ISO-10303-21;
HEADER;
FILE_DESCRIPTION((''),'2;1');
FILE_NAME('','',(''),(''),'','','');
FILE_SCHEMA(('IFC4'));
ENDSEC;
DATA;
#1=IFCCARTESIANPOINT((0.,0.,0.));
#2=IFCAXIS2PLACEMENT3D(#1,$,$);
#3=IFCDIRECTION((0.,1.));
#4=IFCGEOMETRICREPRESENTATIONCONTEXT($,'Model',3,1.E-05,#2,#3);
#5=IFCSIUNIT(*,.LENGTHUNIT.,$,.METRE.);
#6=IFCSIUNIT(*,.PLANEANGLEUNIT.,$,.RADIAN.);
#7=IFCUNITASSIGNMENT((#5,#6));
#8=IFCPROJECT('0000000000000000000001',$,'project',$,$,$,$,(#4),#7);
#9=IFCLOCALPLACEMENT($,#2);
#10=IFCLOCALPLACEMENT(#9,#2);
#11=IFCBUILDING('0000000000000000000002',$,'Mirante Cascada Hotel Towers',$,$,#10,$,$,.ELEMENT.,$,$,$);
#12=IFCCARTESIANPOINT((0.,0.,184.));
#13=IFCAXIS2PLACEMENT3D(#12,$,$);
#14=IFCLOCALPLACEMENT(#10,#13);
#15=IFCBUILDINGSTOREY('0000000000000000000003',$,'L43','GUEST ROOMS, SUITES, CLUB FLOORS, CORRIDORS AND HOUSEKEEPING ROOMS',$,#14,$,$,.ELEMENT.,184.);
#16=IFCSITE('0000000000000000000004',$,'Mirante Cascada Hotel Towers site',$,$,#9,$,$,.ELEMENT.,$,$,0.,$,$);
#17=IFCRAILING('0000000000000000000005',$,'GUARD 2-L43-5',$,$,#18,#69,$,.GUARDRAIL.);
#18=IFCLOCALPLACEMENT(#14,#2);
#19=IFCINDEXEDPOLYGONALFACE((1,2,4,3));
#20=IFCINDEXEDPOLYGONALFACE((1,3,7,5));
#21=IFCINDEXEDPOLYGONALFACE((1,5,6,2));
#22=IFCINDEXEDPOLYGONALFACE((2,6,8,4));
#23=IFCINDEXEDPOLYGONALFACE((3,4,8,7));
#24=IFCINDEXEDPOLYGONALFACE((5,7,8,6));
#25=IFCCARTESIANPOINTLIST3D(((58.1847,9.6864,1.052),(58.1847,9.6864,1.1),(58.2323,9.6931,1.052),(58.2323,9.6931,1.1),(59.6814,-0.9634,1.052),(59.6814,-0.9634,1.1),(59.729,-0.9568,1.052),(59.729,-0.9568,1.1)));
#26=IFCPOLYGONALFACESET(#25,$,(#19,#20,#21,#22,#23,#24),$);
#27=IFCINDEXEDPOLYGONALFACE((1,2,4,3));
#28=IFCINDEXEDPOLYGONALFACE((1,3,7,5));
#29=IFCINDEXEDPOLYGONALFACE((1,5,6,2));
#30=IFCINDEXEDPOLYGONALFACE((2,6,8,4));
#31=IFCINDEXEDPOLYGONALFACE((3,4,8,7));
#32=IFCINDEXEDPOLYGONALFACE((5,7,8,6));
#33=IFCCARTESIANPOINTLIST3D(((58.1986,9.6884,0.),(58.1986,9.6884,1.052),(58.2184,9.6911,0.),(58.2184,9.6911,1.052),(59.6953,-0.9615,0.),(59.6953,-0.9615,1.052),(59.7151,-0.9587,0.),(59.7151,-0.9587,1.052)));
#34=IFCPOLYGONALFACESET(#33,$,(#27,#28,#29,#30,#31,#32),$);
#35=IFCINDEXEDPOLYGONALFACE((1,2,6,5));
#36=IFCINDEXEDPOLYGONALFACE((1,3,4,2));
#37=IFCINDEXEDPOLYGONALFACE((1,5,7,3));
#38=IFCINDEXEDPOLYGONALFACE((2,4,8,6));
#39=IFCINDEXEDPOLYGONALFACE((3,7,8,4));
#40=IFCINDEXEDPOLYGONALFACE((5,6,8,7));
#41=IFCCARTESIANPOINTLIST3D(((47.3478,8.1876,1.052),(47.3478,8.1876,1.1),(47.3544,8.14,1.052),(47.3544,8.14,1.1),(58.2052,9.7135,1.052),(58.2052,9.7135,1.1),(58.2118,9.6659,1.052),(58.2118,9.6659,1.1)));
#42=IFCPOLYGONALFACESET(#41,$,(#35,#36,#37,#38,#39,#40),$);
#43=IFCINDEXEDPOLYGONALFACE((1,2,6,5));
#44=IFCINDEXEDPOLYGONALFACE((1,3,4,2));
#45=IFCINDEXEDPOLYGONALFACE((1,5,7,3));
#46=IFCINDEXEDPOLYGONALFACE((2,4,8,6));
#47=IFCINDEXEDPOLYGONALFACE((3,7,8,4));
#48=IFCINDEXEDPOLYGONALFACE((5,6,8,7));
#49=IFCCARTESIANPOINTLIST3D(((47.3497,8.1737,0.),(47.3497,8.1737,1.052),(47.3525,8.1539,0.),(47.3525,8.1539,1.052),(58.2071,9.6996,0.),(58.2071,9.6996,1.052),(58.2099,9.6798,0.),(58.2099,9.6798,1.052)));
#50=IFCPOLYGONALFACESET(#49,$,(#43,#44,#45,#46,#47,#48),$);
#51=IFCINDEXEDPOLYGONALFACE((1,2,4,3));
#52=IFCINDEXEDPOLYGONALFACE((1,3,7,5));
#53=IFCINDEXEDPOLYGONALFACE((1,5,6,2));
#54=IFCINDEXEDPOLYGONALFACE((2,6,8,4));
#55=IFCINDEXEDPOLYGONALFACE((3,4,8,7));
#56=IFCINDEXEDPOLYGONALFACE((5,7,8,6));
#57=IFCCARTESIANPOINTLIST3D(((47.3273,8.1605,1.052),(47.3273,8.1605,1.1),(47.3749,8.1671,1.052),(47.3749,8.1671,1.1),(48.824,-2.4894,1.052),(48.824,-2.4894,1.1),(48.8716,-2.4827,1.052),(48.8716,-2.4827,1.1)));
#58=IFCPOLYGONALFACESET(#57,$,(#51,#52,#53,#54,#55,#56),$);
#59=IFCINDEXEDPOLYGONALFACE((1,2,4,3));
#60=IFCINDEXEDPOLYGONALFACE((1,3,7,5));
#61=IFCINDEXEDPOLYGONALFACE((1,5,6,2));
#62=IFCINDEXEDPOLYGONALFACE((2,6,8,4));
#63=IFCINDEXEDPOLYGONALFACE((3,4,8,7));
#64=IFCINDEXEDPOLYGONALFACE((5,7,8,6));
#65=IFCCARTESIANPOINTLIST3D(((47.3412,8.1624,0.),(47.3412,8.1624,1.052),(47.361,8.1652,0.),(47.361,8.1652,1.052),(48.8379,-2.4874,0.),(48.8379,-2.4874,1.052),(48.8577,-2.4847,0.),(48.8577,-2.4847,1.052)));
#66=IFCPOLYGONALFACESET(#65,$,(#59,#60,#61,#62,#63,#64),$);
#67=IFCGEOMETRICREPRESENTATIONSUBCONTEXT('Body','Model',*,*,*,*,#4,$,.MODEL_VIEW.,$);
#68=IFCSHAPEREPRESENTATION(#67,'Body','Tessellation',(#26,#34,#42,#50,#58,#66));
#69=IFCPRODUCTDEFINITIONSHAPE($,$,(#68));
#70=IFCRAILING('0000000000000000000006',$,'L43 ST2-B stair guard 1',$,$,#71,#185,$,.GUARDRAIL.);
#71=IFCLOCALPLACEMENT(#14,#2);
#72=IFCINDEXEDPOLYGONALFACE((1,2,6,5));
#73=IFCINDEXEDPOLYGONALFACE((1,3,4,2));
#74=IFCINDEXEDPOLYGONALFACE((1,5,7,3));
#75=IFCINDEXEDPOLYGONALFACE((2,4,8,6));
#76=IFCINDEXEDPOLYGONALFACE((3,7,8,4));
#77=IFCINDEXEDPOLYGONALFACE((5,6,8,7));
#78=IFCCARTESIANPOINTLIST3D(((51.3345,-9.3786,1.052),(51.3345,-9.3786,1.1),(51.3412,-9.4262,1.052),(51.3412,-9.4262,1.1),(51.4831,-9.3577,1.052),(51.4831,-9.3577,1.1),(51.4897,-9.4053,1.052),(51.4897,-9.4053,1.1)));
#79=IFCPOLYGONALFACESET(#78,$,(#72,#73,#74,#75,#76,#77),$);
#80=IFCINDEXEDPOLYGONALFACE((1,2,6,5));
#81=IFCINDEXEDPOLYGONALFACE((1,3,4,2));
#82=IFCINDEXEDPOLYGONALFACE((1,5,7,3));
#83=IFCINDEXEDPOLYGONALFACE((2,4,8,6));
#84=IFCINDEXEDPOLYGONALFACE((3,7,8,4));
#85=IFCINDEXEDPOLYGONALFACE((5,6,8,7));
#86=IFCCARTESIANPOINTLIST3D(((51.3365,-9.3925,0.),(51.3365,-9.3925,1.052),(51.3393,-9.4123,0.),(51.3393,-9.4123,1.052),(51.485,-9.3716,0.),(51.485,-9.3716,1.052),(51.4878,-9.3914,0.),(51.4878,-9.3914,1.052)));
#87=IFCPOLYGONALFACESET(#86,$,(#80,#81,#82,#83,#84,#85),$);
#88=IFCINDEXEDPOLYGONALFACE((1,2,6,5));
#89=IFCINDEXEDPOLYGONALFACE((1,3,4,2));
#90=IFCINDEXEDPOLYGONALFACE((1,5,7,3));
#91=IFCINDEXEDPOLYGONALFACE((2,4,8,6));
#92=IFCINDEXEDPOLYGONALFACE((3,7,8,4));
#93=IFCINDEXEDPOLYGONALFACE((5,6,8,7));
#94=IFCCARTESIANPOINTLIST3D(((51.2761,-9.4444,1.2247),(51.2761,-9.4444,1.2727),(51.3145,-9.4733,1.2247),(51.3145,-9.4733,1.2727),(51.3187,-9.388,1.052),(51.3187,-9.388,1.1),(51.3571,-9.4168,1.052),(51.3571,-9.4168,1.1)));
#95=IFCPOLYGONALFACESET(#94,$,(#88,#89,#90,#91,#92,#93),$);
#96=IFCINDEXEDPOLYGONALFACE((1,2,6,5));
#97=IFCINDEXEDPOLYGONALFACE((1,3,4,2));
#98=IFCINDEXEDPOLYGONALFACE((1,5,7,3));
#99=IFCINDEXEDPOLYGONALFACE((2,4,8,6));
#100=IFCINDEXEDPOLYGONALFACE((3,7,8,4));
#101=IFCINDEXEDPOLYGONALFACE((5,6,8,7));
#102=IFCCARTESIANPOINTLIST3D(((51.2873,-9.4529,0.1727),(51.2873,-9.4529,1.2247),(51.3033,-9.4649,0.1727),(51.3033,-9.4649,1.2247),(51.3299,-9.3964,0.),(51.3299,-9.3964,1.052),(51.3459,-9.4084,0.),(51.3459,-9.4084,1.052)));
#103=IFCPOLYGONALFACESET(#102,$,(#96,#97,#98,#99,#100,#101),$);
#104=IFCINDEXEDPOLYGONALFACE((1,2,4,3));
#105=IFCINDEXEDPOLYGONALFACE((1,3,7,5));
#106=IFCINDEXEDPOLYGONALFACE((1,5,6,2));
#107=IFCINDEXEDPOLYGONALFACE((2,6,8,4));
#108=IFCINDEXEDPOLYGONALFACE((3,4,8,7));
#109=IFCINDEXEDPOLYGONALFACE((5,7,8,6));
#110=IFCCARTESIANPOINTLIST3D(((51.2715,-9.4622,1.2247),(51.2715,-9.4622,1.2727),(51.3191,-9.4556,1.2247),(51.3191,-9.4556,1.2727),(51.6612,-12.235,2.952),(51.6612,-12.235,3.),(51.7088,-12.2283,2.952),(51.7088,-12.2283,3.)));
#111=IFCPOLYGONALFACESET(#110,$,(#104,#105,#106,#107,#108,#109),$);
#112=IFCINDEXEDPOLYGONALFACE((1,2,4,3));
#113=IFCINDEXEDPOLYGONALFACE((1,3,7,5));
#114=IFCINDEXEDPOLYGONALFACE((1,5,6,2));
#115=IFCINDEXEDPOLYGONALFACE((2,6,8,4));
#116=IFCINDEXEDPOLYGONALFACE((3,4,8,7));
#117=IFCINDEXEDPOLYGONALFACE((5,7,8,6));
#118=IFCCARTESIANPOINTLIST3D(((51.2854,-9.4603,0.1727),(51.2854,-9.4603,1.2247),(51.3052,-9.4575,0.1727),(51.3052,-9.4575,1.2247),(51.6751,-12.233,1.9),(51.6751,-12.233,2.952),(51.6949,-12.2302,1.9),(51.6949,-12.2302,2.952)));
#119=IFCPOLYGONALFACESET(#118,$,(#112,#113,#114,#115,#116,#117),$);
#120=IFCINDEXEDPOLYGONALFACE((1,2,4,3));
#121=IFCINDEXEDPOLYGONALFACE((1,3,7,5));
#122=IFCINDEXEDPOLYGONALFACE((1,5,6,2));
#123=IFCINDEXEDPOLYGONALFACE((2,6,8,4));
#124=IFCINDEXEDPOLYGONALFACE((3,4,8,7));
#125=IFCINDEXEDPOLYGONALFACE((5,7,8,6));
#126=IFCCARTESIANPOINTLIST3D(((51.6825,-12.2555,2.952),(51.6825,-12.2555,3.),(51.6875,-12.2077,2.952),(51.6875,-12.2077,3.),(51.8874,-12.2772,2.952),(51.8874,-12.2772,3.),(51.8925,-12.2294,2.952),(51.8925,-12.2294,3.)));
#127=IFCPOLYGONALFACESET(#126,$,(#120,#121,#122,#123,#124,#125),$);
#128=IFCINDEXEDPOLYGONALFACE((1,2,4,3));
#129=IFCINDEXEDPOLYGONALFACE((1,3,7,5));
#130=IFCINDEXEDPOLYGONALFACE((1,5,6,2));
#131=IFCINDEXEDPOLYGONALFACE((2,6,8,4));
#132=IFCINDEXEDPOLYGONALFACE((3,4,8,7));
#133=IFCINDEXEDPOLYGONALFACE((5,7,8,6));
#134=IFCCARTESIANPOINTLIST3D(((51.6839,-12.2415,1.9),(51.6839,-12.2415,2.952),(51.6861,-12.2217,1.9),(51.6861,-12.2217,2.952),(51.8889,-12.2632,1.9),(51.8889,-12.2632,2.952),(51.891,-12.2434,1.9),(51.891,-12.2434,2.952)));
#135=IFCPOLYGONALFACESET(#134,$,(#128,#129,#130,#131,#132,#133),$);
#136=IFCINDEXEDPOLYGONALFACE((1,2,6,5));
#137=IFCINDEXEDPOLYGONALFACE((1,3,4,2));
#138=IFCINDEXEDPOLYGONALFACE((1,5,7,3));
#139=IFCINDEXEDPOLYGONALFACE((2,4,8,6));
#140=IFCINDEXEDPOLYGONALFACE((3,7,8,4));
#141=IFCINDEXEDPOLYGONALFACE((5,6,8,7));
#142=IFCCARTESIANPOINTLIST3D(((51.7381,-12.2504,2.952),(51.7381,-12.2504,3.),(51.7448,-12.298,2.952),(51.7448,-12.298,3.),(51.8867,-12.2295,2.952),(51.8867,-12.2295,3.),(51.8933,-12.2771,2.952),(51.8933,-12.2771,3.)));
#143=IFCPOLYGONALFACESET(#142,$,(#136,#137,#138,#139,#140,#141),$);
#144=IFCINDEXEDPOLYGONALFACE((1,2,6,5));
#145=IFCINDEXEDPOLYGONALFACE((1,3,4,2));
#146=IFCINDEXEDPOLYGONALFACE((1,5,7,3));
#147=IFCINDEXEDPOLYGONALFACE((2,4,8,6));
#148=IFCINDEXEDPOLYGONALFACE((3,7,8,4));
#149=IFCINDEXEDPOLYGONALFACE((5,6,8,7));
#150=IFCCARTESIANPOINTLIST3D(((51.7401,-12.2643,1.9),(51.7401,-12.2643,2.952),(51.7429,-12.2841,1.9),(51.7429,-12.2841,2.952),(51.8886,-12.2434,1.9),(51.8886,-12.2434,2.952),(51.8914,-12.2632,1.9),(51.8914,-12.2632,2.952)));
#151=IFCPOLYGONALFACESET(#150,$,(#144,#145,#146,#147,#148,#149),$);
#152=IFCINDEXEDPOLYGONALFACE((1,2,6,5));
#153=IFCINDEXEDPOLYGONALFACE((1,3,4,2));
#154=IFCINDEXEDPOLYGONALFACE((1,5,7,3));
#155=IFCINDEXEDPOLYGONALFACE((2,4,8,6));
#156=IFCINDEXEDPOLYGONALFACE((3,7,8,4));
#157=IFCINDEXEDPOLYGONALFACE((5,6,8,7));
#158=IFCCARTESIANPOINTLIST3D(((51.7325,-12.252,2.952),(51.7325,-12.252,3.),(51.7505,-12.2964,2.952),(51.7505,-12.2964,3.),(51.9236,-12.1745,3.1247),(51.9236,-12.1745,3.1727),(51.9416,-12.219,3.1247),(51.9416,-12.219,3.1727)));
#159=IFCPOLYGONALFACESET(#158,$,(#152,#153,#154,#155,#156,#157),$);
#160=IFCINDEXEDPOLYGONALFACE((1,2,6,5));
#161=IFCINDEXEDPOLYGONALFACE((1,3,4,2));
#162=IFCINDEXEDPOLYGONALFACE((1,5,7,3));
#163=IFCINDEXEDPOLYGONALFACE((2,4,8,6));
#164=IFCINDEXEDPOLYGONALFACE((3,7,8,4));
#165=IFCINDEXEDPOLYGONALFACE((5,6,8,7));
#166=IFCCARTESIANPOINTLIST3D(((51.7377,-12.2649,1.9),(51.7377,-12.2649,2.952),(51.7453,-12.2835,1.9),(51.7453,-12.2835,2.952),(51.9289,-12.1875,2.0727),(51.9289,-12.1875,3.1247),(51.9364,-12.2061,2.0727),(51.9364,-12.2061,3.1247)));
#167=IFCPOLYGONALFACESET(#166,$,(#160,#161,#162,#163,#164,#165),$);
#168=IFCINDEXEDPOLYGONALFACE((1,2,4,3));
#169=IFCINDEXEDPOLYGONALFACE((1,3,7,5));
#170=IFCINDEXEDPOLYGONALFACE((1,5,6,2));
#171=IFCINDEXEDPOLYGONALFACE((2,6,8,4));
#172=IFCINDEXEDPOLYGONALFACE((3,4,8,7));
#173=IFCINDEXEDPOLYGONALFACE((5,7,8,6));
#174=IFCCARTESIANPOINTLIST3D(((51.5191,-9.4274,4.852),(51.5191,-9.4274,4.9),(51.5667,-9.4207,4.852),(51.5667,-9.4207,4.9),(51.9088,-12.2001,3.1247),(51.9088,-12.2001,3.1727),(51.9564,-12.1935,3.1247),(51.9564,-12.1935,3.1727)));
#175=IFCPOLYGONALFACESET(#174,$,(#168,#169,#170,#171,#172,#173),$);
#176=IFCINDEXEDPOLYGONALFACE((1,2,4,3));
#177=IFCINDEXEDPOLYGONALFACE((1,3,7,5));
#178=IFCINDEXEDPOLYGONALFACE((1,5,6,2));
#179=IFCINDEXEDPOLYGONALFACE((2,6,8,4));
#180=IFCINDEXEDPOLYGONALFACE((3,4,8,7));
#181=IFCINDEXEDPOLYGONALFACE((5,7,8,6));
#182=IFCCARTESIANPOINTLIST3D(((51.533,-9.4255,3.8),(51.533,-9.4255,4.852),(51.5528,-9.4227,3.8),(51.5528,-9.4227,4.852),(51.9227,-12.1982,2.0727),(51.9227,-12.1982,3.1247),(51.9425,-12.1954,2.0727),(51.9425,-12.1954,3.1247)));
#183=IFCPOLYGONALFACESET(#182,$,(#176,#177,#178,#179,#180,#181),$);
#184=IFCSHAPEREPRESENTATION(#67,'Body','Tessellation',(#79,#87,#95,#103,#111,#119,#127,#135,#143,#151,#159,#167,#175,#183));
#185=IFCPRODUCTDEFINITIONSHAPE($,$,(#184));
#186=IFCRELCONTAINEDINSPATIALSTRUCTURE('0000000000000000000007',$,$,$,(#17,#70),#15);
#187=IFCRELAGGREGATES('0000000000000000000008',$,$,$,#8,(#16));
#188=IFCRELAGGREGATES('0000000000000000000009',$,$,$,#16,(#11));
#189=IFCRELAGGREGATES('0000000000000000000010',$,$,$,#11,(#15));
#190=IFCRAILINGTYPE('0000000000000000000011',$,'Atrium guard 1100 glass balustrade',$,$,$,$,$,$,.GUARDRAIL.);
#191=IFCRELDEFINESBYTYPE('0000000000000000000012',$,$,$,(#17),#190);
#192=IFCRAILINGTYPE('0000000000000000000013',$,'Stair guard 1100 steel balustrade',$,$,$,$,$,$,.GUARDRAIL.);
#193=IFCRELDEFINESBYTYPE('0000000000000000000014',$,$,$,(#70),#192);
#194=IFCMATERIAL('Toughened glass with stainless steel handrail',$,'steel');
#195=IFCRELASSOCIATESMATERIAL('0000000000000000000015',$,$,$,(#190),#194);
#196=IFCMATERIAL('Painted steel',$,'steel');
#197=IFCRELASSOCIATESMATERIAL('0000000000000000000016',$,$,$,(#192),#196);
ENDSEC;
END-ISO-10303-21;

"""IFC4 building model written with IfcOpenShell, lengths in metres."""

from ifc_helpers import new_model, si_unit, direction, frame, origin, origin_2d, place, context, subcontext, project, spatial, rectangle, extrude, material, type_object, element, save


model = new_model("IFC4")

# Units and contexts
model_context = context("Model", 3, precision=1e-05, world=origin(), true_north=direction((0.0, 1.0)))
body_context = subcontext(model_context, "Body", "Model", "MODEL_VIEW")
ifc_project = project(units=[si_unit("LENGTHUNIT", "METRE"), si_unit("PLANEANGLEUNIT", "RADIAN")], contexts=[model_context])

# Site, building, storey
site_placement = place(None, origin())
site = spatial("IfcSite", under=ifc_project, at=site_placement, Name="Mirante Cascada Hotel Towers site", CompositionType="ELEMENT", RefElevation=0.0)
building_placement = place(site_placement, origin())
building = spatial("IfcBuilding", under=site, at=building_placement, Name="Mirante Cascada Hotel Towers", CompositionType="ELEMENT")
storey_placement = place(building_placement, frame((0.0, 0.0, 184.0)))
storey = spatial("IfcBuildingStorey", under=building, at=storey_placement, Name="L43", Description="GUEST ROOMS, SUITES, CLUB FLOORS, CORRIDORS AND HOUSEKEEPING ROOMS", CompositionType="ELEMENT", Elevation=184.0)

# Railings
ifc_material_1 = material(Name="Toughened glass with stainless steel handrail", Category="steel")
railing_type_1 = type_object("IfcRailingType", Name="Atrium guard 1100 glass balustrade", PredefinedType="GUARDRAIL", material=ifc_material_1)
railing_1_placement = place(storey_placement, frame((59.7052, -0.9601, 0.0)))
element("IfcRailing", 1, at=railing_1_placement, inside=storey, type_object=railing_type_1, Name="GUARD 2-L43-5", PredefinedType="GUARDRAIL", context=body_context, shape_type="SweptSolid", body=[
    extrude(rectangle(XDim=0.048, YDim=0.048, at=origin_2d()), frame((0.0, 0.0, 1.076), z_axis=(-0.13917, 0.990268, 0.0), x_axis=(-0.990268, -0.13917, 0.0)), (0.0, 0.0, 1.0), 10.7545),
    extrude(rectangle(XDim=0.02, YDim=1.052, at=origin_2d()), frame((0.0, 0.0, 0.526), z_axis=(-0.13917, 0.990268, 0.0), x_axis=(-0.990268, -0.13917, 0.0)), (0.0, 0.0, 1.0), 10.7545),
    extrude(rectangle(XDim=0.048, YDim=0.048, at=origin_2d()), frame((-1.4967, 10.6498, 1.076), z_axis=(-0.990268, -0.139172, 0.0), x_axis=(0.139172, -0.990268, 0.0)), (0.0, 0.0, 1.0), 10.9641),
    extrude(rectangle(XDim=0.02, YDim=1.052, at=origin_2d()), frame((-1.4967, 10.6498, 0.526), z_axis=(-0.990268, -0.139172, 0.0), x_axis=(0.139172, -0.990268, 0.0)), (0.0, 0.0, 1.0), 10.9641),
    extrude(rectangle(XDim=0.048, YDim=0.048, at=origin_2d()), frame((-12.3541, 9.1239, 1.076), z_axis=(0.13917, -0.990268, 0.0), x_axis=(0.990268, 0.13917, 0.0)), (0.0, 0.0, 1.0), 10.7545),
    extrude(rectangle(XDim=0.02, YDim=1.052, at=origin_2d()), frame((-12.3541, 9.1239, 0.526), z_axis=(0.13917, -0.990268, 0.0), x_axis=(0.990268, 0.13917, 0.0)), (0.0, 0.0, 1.0), 10.7545),
])
ifc_material_2 = material(Name="Painted steel", Category="steel")
railing_type_2 = type_object("IfcRailingType", Name="Stair guard 1100 steel balustrade", PredefinedType="GUARDRAIL", material=ifc_material_2)
railing_2_placement = place(storey_placement, frame((51.4864, -9.3815, 0.0)))
element("IfcRailing", 2, at=railing_2_placement, inside=storey, type_object=railing_type_2, Name="L43 ST2-B stair guard 1", PredefinedType="GUARDRAIL", context=body_context, shape_type="SweptSolid", body=[
    extrude(rectangle(XDim=0.048, YDim=0.048, at=origin_2d()), frame((0.0, 0.0, 1.076), z_axis=(-0.990241, -0.139367, 0.0), x_axis=(0.139367, -0.990241, 0.0)), (0.0, 0.0, 1.0), 0.15),
    extrude(rectangle(XDim=0.02, YDim=1.052, at=origin_2d()), frame((0.0, 0.0, 0.526), z_axis=(-0.990241, -0.139367, 0.0), x_axis=(0.139367, -0.990241, 0.0)), (0.0, 0.0, 1.0), 0.15),
    extrude(rectangle(XDim=0.048, YDim=0.048, at=origin_2d()), frame((-0.1485, -0.0209, 1.076), z_axis=(-0.602033, -0.798471, 0.0), x_axis=(0.798471, -0.602033, 0.0)), (0.0, 0.92534, 0.379139), 0.1866),
    extrude(rectangle(XDim=0.02, YDim=1.052, at=origin_2d()), frame((-0.1485, -0.0209, 0.526), z_axis=(-0.602033, -0.798471, 0.0), x_axis=(0.798471, -0.602033, 0.0)), (0.0, 0.92534, 0.379139), 0.1866),
    extrude(rectangle(XDim=0.048, YDim=0.048, at=origin_2d()), frame((-0.1911, -0.0774, 1.2487), z_axis=(0.139181, -0.990267, 0.0), x_axis=(0.990267, 0.139181, 0.0)), (0.0, 0.525035, 0.851081), 3.2899),
    extrude(rectangle(XDim=0.02, YDim=1.052, at=origin_2d()), frame((-0.1911, -0.0774, 0.6987), z_axis=(0.139181, -0.990267, 0.0), x_axis=(0.990267, 0.139181, 0.0)), (0.0, 0.525035, 0.851081), 3.2899),
    extrude(rectangle(XDim=0.048, YDim=0.048, at=origin_2d()), frame((0.1986, -2.8501, 2.976), z_axis=(0.994444, -0.105266, 0.0), x_axis=(0.105266, 0.994444, 0.0)), (0.0, 0.0, 1.0), 0.2061),
    extrude(rectangle(XDim=0.02, YDim=1.052, at=origin_2d()), frame((0.1986, -2.8501, 2.426), z_axis=(0.994444, -0.105266, 0.0), x_axis=(0.105266, 0.994444, 0.0)), (0.0, 0.0, 1.0), 0.2061),
    extrude(rectangle(XDim=0.048, YDim=0.048, at=origin_2d()), frame((0.4036, -2.8718, 2.976), z_axis=(-0.990241, -0.139367, 0.0), x_axis=(0.139367, -0.990241, 0.0)), (0.0, 0.0, 1.0), 0.15),
    extrude(rectangle(XDim=0.02, YDim=1.052, at=origin_2d()), frame((0.4036, -2.8718, 2.426), z_axis=(-0.990241, -0.139367, 0.0), x_axis=(0.139367, -0.990241, 0.0)), (0.0, 0.0, 1.0), 0.15),
    extrude(rectangle(XDim=0.048, YDim=0.048, at=origin_2d()), frame((0.2551, -2.8927, 2.976), z_axis=(0.926862, 0.375401, 0.0), x_axis=(-0.375401, 0.926862, 0.0)), (0.0, 0.642122, 0.766603), 0.269),
    extrude(rectangle(XDim=0.02, YDim=1.052, at=origin_2d()), frame((0.2551, -2.8927, 2.426), z_axis=(0.926862, 0.375401, 0.0), x_axis=(-0.375401, 0.926862, 0.0)), (0.0, 0.642122, 0.766603), 0.269),
    extrude(rectangle(XDim=0.048, YDim=0.048, at=origin_2d()), frame((0.4462, -2.8153, 3.1487), z_axis=(-0.139181, 0.990267, 0.0), x_axis=(-0.990267, -0.139181, 0.0)), (0.0, 0.525035, 0.851081), 3.2899),
    extrude(rectangle(XDim=0.02, YDim=1.052, at=origin_2d()), frame((0.4462, -2.8153, 2.5987), z_axis=(-0.139181, 0.990267, 0.0), x_axis=(-0.990267, -0.139181, 0.0)), (0.0, 0.525035, 0.851081), 3.2899),
])

save(model, "model.ifc")
